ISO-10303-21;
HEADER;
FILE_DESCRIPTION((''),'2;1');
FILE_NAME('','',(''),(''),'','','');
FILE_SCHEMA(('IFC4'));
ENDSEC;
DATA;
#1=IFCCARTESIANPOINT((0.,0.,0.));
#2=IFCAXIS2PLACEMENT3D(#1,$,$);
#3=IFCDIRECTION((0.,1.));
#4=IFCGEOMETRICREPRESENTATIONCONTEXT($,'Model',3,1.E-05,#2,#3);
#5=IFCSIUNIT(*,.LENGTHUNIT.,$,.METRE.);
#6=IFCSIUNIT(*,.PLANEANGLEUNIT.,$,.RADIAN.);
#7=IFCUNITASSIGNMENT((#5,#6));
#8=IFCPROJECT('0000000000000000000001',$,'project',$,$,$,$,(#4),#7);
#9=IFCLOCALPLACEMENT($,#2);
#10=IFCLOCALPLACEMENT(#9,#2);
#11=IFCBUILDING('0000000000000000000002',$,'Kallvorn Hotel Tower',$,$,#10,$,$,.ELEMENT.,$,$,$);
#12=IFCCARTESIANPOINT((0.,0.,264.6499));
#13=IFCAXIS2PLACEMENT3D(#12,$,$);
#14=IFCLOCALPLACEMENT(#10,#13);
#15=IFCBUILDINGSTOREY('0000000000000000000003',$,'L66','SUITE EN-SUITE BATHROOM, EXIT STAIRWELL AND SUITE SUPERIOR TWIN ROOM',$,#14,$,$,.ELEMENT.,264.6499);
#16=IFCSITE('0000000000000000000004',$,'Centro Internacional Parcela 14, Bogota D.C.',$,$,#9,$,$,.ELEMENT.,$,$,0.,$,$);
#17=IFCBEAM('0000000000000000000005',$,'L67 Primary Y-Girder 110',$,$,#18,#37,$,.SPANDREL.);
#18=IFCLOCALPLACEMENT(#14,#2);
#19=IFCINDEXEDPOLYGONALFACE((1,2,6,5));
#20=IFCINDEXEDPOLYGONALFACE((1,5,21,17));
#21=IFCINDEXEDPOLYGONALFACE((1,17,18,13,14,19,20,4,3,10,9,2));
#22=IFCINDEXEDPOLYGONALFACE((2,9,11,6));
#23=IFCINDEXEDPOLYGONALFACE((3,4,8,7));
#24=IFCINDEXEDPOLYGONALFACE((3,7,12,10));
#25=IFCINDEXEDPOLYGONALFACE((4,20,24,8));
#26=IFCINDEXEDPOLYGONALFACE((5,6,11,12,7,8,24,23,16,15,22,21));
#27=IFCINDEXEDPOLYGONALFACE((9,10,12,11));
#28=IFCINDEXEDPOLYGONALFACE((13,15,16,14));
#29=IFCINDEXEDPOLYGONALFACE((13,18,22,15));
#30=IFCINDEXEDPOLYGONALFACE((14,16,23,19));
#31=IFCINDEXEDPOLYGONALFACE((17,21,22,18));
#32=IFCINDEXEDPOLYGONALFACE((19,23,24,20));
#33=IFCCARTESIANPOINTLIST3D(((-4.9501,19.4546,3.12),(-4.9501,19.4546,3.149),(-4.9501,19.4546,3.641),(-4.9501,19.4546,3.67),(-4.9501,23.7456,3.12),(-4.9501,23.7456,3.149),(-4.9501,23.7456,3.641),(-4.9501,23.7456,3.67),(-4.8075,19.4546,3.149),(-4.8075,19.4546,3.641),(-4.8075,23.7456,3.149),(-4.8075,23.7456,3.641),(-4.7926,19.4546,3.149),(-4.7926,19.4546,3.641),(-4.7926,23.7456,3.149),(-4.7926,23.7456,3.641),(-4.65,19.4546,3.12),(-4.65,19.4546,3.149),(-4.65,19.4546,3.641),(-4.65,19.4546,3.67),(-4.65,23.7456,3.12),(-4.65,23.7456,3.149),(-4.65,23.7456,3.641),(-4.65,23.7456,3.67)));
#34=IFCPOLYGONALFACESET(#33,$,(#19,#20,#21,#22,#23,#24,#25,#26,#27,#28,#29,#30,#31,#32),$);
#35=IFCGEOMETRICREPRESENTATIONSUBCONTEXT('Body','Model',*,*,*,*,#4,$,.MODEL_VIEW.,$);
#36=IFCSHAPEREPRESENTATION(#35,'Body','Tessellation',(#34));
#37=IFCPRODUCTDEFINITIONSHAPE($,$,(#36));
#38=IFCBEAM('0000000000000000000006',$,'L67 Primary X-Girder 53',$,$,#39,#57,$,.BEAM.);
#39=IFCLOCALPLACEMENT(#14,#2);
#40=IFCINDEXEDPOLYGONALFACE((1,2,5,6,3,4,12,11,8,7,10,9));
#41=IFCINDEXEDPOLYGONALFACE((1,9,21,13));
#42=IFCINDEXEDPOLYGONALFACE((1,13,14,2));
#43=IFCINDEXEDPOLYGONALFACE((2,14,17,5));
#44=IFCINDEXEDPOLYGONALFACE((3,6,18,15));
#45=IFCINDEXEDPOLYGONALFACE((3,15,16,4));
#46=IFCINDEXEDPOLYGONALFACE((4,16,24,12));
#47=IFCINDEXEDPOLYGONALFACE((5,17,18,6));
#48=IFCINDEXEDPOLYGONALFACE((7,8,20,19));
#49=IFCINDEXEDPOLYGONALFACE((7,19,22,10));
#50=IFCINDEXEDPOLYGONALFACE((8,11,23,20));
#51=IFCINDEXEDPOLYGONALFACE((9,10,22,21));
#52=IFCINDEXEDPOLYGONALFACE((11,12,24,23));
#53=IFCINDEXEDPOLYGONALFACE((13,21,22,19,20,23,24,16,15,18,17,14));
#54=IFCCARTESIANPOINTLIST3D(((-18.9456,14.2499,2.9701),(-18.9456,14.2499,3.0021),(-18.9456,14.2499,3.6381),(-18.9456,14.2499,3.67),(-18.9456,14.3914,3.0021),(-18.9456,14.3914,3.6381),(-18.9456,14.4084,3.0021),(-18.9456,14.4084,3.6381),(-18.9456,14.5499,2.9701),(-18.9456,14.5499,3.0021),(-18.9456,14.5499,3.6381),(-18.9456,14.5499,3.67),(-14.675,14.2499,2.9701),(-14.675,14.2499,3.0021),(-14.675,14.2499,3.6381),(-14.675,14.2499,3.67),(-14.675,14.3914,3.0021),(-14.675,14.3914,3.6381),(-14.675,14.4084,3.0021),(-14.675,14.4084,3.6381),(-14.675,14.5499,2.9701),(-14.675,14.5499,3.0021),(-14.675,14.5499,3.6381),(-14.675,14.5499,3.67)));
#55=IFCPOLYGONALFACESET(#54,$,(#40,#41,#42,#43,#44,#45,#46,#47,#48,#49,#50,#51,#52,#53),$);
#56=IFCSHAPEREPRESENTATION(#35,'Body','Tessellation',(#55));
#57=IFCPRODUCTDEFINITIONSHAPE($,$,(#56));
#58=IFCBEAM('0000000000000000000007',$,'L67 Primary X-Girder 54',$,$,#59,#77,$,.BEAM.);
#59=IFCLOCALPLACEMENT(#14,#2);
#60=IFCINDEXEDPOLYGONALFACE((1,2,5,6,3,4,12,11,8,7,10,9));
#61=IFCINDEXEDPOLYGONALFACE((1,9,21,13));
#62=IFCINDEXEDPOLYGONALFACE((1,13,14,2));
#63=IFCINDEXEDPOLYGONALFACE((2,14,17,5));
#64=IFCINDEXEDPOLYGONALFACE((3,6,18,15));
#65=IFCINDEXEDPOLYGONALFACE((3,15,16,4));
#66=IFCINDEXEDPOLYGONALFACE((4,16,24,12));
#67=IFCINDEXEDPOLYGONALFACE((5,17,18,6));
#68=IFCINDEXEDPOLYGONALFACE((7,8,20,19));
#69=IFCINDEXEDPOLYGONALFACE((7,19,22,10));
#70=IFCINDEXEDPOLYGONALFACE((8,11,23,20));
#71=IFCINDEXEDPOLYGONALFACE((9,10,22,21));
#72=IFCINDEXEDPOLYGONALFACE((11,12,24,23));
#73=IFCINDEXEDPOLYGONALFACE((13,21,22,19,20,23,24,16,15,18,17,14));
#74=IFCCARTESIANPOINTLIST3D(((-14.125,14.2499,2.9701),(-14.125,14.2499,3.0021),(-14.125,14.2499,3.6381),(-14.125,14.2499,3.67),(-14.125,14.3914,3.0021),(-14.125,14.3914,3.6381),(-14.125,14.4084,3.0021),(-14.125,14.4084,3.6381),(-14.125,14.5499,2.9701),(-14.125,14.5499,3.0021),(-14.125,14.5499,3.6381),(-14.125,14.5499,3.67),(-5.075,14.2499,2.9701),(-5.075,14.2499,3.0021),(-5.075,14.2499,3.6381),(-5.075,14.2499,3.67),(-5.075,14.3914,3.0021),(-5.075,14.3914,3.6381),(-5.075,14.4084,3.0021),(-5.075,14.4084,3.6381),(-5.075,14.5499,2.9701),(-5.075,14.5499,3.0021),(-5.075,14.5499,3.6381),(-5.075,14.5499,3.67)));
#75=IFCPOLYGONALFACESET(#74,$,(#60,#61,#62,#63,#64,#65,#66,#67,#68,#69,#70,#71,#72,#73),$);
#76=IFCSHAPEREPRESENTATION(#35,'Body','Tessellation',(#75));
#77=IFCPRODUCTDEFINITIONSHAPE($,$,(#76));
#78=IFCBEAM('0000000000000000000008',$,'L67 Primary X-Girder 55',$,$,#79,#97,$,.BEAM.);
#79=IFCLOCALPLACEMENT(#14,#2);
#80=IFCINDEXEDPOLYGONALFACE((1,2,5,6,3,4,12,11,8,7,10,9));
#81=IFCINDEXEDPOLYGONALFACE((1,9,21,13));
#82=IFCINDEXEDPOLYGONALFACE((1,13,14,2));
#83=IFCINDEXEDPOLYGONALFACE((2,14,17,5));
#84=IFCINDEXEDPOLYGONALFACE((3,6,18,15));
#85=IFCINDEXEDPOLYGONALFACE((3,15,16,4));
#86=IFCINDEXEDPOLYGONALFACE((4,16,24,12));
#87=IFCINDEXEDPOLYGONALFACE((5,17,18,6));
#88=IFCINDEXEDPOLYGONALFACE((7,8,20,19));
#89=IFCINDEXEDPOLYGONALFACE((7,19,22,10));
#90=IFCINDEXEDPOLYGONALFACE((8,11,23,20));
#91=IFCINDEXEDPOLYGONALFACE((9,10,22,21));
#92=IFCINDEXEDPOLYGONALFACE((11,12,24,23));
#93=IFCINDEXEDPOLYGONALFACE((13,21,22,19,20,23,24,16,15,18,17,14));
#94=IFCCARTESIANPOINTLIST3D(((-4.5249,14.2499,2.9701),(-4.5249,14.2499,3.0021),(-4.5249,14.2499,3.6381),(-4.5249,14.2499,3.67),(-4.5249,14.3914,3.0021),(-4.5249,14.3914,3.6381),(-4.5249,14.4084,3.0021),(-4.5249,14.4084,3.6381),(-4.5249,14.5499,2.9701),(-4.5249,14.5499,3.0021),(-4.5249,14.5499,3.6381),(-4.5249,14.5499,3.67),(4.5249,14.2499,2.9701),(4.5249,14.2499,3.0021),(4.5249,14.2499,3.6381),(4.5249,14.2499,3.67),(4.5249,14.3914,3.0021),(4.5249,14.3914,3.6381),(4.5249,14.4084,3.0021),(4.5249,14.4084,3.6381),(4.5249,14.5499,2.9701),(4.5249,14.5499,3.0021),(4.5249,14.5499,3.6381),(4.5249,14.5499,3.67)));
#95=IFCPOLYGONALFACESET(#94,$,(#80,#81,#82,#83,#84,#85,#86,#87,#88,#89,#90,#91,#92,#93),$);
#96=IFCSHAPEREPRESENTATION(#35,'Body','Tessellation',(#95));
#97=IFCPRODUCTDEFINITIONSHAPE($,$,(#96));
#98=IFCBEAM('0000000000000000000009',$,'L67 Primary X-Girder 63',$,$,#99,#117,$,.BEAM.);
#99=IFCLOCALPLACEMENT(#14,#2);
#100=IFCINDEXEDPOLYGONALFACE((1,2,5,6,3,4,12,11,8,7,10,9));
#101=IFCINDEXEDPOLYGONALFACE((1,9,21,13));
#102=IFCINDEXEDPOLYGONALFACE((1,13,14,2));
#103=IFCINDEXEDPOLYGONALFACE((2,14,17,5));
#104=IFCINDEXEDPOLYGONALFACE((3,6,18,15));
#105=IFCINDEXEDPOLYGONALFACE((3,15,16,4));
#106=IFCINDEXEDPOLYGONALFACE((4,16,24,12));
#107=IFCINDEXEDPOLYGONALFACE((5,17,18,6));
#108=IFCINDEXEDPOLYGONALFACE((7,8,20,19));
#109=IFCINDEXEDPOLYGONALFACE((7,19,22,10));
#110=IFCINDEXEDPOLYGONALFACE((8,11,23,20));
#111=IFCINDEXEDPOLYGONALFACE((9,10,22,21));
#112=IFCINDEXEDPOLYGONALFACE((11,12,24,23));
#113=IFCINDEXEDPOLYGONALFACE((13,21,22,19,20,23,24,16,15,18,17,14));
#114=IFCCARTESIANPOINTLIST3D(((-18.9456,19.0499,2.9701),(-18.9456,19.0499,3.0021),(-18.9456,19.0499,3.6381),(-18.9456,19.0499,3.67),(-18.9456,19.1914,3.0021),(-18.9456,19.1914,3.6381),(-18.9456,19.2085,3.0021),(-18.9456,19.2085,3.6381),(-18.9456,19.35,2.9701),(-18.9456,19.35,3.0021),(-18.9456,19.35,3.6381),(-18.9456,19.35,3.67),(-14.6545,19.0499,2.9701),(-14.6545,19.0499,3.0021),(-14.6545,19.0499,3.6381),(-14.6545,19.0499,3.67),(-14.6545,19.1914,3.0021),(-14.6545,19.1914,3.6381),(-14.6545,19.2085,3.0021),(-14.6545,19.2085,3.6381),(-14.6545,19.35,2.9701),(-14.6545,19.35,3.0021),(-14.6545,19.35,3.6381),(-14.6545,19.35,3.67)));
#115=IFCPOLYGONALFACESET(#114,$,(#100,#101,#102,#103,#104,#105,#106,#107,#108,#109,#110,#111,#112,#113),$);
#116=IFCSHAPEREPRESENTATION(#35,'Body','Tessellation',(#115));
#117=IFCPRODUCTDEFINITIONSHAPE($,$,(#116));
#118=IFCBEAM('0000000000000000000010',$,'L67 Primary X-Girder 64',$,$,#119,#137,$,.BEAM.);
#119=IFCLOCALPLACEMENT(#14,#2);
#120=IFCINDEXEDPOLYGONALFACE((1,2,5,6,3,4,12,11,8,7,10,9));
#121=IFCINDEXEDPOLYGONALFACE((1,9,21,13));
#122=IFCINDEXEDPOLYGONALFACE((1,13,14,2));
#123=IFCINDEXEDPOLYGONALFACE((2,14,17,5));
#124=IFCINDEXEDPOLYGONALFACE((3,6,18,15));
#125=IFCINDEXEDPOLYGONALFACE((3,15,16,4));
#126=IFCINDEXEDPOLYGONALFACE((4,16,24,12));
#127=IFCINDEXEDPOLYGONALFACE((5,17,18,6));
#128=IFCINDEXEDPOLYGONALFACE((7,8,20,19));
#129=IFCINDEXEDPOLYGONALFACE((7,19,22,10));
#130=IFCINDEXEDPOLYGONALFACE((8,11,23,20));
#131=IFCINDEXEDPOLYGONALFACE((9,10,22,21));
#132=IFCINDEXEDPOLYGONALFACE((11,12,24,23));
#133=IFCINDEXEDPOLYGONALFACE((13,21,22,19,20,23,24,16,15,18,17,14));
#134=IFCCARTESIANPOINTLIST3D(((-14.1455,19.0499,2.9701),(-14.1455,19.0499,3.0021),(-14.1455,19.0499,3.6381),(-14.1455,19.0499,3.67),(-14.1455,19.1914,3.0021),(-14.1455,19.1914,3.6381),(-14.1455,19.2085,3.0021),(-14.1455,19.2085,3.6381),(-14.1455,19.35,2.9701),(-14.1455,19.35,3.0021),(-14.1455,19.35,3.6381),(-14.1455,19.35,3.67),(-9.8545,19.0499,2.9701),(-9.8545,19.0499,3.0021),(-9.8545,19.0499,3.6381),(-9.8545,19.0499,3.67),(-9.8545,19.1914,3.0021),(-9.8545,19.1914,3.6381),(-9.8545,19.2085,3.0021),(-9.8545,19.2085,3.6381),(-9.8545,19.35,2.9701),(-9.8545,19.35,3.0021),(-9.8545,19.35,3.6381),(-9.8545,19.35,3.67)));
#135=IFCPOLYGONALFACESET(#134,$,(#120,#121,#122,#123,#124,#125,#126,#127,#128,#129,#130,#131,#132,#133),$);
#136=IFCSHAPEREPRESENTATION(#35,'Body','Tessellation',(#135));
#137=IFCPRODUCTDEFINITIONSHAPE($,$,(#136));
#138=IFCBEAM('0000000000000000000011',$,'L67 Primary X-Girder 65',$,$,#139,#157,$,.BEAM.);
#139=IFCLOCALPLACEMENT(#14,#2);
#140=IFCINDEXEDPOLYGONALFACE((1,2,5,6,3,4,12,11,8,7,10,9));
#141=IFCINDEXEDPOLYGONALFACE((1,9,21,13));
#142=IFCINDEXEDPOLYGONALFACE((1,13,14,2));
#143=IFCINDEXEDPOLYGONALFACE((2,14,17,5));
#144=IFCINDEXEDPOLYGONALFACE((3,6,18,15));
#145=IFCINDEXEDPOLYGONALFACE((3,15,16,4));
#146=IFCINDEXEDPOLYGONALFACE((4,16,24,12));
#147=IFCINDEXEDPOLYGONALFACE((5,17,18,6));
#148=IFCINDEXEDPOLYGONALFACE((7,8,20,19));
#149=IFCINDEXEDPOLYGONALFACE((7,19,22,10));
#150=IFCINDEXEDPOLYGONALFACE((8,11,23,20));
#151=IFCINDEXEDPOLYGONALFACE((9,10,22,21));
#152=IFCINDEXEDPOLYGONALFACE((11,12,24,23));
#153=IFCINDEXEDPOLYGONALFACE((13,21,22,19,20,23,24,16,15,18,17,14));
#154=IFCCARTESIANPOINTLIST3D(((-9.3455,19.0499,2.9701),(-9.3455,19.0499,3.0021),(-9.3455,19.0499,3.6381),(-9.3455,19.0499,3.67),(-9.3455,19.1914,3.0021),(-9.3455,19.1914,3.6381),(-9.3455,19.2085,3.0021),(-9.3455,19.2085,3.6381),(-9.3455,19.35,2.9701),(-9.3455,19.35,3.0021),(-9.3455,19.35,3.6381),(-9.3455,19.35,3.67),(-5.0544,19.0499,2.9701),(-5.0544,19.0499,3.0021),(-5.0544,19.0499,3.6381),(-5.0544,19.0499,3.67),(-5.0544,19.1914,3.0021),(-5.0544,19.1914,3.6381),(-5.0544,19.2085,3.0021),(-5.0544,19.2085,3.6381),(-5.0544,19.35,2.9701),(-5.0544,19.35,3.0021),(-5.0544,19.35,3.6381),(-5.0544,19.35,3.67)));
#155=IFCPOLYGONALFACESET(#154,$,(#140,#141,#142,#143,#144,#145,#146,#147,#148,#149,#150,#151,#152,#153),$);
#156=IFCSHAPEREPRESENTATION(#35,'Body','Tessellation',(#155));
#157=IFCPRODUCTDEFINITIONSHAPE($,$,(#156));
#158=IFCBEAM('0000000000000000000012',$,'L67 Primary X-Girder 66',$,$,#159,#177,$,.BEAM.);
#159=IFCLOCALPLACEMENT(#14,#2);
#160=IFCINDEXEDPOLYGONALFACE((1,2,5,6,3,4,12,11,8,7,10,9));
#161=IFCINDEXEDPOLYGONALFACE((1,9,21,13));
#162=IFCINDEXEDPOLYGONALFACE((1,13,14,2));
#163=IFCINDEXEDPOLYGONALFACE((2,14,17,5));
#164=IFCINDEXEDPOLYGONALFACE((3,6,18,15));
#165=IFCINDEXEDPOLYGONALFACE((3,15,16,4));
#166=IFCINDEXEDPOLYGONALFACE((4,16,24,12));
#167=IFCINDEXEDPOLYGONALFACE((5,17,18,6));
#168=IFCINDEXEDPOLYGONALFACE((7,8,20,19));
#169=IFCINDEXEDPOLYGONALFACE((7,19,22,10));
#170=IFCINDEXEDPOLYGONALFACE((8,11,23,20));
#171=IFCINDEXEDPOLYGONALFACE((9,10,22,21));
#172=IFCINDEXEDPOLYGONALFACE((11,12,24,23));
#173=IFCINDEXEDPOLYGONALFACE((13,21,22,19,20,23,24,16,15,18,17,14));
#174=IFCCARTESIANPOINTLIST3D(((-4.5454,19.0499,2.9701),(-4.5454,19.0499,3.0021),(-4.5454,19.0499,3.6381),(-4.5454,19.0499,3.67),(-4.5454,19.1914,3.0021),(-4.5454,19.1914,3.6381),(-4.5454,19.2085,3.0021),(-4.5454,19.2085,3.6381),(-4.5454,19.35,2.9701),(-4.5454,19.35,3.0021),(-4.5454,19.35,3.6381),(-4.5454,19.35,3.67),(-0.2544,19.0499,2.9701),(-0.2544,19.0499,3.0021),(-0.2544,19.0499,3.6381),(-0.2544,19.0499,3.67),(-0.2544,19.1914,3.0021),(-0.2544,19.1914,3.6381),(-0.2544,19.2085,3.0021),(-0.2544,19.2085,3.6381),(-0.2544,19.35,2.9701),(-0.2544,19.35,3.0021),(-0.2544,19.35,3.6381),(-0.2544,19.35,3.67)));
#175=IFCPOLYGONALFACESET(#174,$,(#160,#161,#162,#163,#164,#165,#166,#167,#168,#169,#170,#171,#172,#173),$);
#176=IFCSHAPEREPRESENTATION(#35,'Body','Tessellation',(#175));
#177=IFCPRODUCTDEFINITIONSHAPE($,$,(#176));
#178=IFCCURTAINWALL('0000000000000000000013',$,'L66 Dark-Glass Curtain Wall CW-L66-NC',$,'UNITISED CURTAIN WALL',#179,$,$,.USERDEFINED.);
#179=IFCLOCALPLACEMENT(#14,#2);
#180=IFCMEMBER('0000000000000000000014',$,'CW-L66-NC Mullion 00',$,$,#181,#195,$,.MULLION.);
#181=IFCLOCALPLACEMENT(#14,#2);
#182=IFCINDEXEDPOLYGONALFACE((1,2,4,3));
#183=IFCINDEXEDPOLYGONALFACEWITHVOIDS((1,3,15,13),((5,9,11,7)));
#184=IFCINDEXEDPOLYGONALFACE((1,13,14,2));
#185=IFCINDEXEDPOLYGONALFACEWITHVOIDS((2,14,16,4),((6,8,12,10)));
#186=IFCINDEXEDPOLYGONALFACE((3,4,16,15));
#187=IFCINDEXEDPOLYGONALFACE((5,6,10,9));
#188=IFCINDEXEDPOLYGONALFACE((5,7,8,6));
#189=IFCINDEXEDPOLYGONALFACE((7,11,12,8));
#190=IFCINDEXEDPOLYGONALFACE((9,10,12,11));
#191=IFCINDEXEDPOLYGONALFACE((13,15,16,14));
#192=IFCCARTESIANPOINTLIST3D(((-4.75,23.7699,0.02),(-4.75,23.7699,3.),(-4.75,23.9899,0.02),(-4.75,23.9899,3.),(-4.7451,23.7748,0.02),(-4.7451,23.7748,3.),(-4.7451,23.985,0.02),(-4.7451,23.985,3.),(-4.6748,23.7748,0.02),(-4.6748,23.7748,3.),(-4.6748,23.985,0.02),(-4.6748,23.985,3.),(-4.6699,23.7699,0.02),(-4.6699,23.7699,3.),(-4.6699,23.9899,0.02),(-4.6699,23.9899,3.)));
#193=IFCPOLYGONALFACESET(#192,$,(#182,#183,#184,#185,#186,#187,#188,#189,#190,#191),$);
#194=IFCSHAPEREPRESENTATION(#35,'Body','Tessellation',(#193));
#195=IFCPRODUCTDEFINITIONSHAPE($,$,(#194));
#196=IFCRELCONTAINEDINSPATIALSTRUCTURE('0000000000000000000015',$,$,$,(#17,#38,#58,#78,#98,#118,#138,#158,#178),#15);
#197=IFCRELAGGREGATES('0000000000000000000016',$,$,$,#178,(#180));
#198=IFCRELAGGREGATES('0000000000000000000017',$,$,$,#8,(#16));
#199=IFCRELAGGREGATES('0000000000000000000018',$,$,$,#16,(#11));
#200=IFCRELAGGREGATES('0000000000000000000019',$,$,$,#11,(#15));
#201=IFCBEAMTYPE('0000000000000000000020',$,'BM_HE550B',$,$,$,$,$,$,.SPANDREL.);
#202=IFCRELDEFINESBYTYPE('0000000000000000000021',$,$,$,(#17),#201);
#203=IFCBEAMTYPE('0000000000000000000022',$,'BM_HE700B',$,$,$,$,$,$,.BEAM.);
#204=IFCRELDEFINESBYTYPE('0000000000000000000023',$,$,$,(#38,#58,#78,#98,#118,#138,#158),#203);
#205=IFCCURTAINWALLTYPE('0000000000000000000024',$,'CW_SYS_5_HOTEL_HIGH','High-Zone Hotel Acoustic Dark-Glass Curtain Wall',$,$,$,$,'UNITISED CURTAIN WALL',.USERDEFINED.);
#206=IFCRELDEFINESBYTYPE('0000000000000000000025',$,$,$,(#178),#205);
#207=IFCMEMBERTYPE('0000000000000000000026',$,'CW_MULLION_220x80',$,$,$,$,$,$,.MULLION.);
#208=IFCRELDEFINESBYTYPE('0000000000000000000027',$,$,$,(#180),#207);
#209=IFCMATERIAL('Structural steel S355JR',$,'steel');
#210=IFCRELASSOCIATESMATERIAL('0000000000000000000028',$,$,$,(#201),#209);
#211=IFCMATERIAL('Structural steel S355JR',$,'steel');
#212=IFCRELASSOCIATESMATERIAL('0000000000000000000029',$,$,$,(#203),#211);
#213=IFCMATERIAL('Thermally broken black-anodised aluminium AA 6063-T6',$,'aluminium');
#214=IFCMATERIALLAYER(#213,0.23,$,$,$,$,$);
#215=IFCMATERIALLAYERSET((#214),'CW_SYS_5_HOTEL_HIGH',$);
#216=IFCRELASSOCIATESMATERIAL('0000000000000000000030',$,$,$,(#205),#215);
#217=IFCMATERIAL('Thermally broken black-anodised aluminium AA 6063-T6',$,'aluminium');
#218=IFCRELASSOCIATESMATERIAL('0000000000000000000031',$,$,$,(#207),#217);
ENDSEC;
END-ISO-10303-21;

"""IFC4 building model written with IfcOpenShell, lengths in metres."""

from ifc_helpers import new_model, si_unit, direction, frame, origin, origin_2d, place, context, subcontext, project, spatial, hollow_rectangle, i_section, extrude, material, layer, layer_set, material_profile, profile_set, type_object, element, aggregate, save


model = new_model("IFC4")

# Units and contexts
model_context = context("Model", 3, precision=1e-05, world=origin(), true_north=direction((0.0, 1.0)))
body_context = subcontext(model_context, "Body", "Model", "MODEL_VIEW")
ifc_project = project(units=[si_unit("LENGTHUNIT", "METRE"), si_unit("PLANEANGLEUNIT", "RADIAN")], contexts=[model_context])

# Site, building, storey
site_placement = place(None, origin())
site = spatial("IfcSite", under=ifc_project, at=site_placement, Name="Centro Internacional Parcela 14, Bogota D.C.", CompositionType="ELEMENT", RefElevation=0.0)
building_placement = place(site_placement, origin())
building = spatial("IfcBuilding", under=site, at=building_placement, Name="Kallvorn Hotel Tower", CompositionType="ELEMENT")
storey_placement = place(building_placement, frame((0.0, 0.0, 264.6499)))
storey = spatial("IfcBuildingStorey", under=building, at=storey_placement, Name="L66", Description="SUITE EN-SUITE BATHROOM, EXIT STAIRWELL AND SUITE SUPERIOR TWIN ROOM", CompositionType="ELEMENT", Elevation=264.6499)

# Beams
ifc_material_1 = material(Name="Structural steel S355JR", Category="steel")
ifc_material_profile_1 = material_profile(ifc_material_1, i_section(OverallWidth=0.3, OverallDepth=0.55, WebThickness=0.0149, FlangeThickness=0.0291, at=origin_2d()), Name="HE 550 B")
ifc_profile_set_1 = profile_set([ifc_material_profile_1], Name="Structural steel S355JR")
beam_type_1 = type_object("IfcBeamType", Name="BM_HE550B", PredefinedType="SPANDREL", material=ifc_profile_set_1)
beam_1_placement = place(storey_placement, frame((-4.8, 19.4546, 3.395), z_axis=(0.0, 1.0, 0.0), x_axis=(-1.0, 0.0, 0.0)))
element("IfcBeam", 1, at=beam_1_placement, inside=storey, type_object=beam_type_1, Name="L67 Primary Y-Girder 110", PredefinedType="SPANDREL", context=body_context, shape_type="SweptSolid", body=[
    extrude(i_section(OverallWidth=0.3, OverallDepth=0.55, WebThickness=0.0149, FlangeThickness=0.0291, at=origin_2d()), origin(), (0.0, 0.0, 1.0), 4.291),
])
ifc_material_2 = material(Name="Structural steel S355JR", Category="steel")
ifc_material_profile_2 = material_profile(ifc_material_2, i_section(OverallWidth=0.3, OverallDepth=0.7, WebThickness=0.0171, FlangeThickness=0.032, at=origin_2d()), Name="HE 700 B")
ifc_profile_set_2 = profile_set([ifc_material_profile_2], Name="Structural steel S355JR")
beam_type_2 = type_object("IfcBeamType", Name="BM_HE700B", PredefinedType="BEAM", material=ifc_profile_set_2)
beam_2_placement = place(storey_placement, frame((-18.9456, 14.3999, 3.3201), z_axis=(1.0, 0.0, 0.0), x_axis=(0.0, 1.0, 0.0)))
element("IfcBeam", 2, at=beam_2_placement, inside=storey, type_object=beam_type_2, Name="L67 Primary X-Girder 53", PredefinedType="BEAM", context=body_context, shape_type="SweptSolid", body=[
    extrude(i_section(OverallWidth=0.3, OverallDepth=0.7, WebThickness=0.0171, FlangeThickness=0.032, at=origin_2d()), origin(), (0.0, 0.0, 1.0), 4.2705),
])
beam_3_placement = place(storey_placement, frame((-14.125, 14.3999, 3.3201), z_axis=(1.0, 0.0, 0.0), x_axis=(0.0, 1.0, 0.0)))
element("IfcBeam", 3, at=beam_3_placement, inside=storey, type_object=beam_type_2, Name="L67 Primary X-Girder 54", PredefinedType="BEAM", context=body_context, shape_type="SweptSolid", body=[
    extrude(i_section(OverallWidth=0.3, OverallDepth=0.7, WebThickness=0.0171, FlangeThickness=0.032, at=origin_2d()), origin(), (0.0, 0.0, 1.0), 9.05),
])
beam_4_placement = place(storey_placement, frame((-4.5249, 14.3999, 3.3201), z_axis=(1.0, 0.0, 0.0), x_axis=(0.0, 1.0, 0.0)))
element("IfcBeam", 4, at=beam_4_placement, inside=storey, type_object=beam_type_2, Name="L67 Primary X-Girder 55", PredefinedType="BEAM", context=body_context, shape_type="SweptSolid", body=[
    extrude(i_section(OverallWidth=0.3, OverallDepth=0.7, WebThickness=0.0171, FlangeThickness=0.032, at=origin_2d()), origin(), (0.0, 0.0, 1.0), 9.0498),
])
for number, where, z_axis, x_axis, name in (
    (5, (-18.9456, 19.2, 3.3201), (1.0, 0.0, 0.0), (0.0, 1.0, 0.0), "L67 Primary X-Girder 63"),
    (6, (-14.1455, 19.2, 3.3201), (1.0, 0.0, 0.0), (0.0, 1.0, 0.0), "L67 Primary X-Girder 64"),
    (7, (-9.3455, 19.2, 3.3201), (1.0, 0.0, 0.0), (0.0, 1.0, 0.0), "L67 Primary X-Girder 65"),
    (8, (-4.5454, 19.2, 3.3201), (1.0, 0.0, 0.0), (0.0, 1.0, 0.0), "L67 Primary X-Girder 66"),
):
    element("IfcBeam", number, at=place(storey_placement, frame(where, z_axis=z_axis, x_axis=x_axis)), inside=storey, type_object=beam_type_2, Name=name, PredefinedType="BEAM", context=body_context, shape_type="SweptSolid", body=[
        extrude(i_section(OverallWidth=0.3, OverallDepth=0.7, WebThickness=0.0171, FlangeThickness=0.032, at=origin_2d()), origin(), (0.0, 0.0, 1.0), 4.291),
    ])

# Curtain wall, member
ifc_material_3 = material(Name="Thermally broken black-anodised aluminium AA 6063-T6", Category="aluminium")
ifc_layer = layer(ifc_material_3, 0.23)
ifc_layer_set = layer_set([ifc_layer], Name="CW_SYS_5_HOTEL_HIGH")
curtain_wall_type = type_object("IfcCurtainWallType", Name="CW_SYS_5_HOTEL_HIGH", Description="High-Zone Hotel Acoustic Dark-Glass Curtain Wall", ElementType="UNITISED CURTAIN WALL", PredefinedType="USERDEFINED", material=ifc_layer_set)
curtain_wall_placement = place(storey_placement, origin())
curtain_wall = element("IfcCurtainWall", 9, at=curtain_wall_placement, inside=storey, type_object=curtain_wall_type, Name="L66 Dark-Glass Curtain Wall CW-L66-NC", ObjectType="UNITISED CURTAIN WALL", PredefinedType="USERDEFINED")
ifc_material_4 = material(Name="Thermally broken black-anodised aluminium AA 6063-T6", Category="aluminium")
ifc_material_profile_3 = material_profile(ifc_material_4, hollow_rectangle(XDim=0.0801, YDim=0.22, WallThickness=0.0049, at=origin_2d()), Name="MUL 220x80")
ifc_profile_set_3 = profile_set([ifc_material_profile_3], Name="Thermally broken black-anodised aluminium AA 6063-T6")
member_type_1 = type_object("IfcMemberType", Name="CW_MULLION_220x80", PredefinedType="MULLION", material=ifc_profile_set_3)
member_1_placement = place(storey_placement, frame((-4.71, 23.8799, 0.02), z_axis=(0.0, 0.0, 1.0), x_axis=(1.0, 0.0, 0.0)))
member_1 = element("IfcMember", 10, at=member_1_placement, type_object=member_type_1, Name="CW-L66-NC Mullion 00", PredefinedType="MULLION", context=body_context, shape_type="SweptSolid", body=[
    extrude(hollow_rectangle(XDim=0.0801, YDim=0.22, WallThickness=0.0049, at=origin_2d()), origin(), (0.0, 0.0, 1.0), 2.98),
])
aggregate(curtain_wall, [member_1])

save(model, "model.ifc")
